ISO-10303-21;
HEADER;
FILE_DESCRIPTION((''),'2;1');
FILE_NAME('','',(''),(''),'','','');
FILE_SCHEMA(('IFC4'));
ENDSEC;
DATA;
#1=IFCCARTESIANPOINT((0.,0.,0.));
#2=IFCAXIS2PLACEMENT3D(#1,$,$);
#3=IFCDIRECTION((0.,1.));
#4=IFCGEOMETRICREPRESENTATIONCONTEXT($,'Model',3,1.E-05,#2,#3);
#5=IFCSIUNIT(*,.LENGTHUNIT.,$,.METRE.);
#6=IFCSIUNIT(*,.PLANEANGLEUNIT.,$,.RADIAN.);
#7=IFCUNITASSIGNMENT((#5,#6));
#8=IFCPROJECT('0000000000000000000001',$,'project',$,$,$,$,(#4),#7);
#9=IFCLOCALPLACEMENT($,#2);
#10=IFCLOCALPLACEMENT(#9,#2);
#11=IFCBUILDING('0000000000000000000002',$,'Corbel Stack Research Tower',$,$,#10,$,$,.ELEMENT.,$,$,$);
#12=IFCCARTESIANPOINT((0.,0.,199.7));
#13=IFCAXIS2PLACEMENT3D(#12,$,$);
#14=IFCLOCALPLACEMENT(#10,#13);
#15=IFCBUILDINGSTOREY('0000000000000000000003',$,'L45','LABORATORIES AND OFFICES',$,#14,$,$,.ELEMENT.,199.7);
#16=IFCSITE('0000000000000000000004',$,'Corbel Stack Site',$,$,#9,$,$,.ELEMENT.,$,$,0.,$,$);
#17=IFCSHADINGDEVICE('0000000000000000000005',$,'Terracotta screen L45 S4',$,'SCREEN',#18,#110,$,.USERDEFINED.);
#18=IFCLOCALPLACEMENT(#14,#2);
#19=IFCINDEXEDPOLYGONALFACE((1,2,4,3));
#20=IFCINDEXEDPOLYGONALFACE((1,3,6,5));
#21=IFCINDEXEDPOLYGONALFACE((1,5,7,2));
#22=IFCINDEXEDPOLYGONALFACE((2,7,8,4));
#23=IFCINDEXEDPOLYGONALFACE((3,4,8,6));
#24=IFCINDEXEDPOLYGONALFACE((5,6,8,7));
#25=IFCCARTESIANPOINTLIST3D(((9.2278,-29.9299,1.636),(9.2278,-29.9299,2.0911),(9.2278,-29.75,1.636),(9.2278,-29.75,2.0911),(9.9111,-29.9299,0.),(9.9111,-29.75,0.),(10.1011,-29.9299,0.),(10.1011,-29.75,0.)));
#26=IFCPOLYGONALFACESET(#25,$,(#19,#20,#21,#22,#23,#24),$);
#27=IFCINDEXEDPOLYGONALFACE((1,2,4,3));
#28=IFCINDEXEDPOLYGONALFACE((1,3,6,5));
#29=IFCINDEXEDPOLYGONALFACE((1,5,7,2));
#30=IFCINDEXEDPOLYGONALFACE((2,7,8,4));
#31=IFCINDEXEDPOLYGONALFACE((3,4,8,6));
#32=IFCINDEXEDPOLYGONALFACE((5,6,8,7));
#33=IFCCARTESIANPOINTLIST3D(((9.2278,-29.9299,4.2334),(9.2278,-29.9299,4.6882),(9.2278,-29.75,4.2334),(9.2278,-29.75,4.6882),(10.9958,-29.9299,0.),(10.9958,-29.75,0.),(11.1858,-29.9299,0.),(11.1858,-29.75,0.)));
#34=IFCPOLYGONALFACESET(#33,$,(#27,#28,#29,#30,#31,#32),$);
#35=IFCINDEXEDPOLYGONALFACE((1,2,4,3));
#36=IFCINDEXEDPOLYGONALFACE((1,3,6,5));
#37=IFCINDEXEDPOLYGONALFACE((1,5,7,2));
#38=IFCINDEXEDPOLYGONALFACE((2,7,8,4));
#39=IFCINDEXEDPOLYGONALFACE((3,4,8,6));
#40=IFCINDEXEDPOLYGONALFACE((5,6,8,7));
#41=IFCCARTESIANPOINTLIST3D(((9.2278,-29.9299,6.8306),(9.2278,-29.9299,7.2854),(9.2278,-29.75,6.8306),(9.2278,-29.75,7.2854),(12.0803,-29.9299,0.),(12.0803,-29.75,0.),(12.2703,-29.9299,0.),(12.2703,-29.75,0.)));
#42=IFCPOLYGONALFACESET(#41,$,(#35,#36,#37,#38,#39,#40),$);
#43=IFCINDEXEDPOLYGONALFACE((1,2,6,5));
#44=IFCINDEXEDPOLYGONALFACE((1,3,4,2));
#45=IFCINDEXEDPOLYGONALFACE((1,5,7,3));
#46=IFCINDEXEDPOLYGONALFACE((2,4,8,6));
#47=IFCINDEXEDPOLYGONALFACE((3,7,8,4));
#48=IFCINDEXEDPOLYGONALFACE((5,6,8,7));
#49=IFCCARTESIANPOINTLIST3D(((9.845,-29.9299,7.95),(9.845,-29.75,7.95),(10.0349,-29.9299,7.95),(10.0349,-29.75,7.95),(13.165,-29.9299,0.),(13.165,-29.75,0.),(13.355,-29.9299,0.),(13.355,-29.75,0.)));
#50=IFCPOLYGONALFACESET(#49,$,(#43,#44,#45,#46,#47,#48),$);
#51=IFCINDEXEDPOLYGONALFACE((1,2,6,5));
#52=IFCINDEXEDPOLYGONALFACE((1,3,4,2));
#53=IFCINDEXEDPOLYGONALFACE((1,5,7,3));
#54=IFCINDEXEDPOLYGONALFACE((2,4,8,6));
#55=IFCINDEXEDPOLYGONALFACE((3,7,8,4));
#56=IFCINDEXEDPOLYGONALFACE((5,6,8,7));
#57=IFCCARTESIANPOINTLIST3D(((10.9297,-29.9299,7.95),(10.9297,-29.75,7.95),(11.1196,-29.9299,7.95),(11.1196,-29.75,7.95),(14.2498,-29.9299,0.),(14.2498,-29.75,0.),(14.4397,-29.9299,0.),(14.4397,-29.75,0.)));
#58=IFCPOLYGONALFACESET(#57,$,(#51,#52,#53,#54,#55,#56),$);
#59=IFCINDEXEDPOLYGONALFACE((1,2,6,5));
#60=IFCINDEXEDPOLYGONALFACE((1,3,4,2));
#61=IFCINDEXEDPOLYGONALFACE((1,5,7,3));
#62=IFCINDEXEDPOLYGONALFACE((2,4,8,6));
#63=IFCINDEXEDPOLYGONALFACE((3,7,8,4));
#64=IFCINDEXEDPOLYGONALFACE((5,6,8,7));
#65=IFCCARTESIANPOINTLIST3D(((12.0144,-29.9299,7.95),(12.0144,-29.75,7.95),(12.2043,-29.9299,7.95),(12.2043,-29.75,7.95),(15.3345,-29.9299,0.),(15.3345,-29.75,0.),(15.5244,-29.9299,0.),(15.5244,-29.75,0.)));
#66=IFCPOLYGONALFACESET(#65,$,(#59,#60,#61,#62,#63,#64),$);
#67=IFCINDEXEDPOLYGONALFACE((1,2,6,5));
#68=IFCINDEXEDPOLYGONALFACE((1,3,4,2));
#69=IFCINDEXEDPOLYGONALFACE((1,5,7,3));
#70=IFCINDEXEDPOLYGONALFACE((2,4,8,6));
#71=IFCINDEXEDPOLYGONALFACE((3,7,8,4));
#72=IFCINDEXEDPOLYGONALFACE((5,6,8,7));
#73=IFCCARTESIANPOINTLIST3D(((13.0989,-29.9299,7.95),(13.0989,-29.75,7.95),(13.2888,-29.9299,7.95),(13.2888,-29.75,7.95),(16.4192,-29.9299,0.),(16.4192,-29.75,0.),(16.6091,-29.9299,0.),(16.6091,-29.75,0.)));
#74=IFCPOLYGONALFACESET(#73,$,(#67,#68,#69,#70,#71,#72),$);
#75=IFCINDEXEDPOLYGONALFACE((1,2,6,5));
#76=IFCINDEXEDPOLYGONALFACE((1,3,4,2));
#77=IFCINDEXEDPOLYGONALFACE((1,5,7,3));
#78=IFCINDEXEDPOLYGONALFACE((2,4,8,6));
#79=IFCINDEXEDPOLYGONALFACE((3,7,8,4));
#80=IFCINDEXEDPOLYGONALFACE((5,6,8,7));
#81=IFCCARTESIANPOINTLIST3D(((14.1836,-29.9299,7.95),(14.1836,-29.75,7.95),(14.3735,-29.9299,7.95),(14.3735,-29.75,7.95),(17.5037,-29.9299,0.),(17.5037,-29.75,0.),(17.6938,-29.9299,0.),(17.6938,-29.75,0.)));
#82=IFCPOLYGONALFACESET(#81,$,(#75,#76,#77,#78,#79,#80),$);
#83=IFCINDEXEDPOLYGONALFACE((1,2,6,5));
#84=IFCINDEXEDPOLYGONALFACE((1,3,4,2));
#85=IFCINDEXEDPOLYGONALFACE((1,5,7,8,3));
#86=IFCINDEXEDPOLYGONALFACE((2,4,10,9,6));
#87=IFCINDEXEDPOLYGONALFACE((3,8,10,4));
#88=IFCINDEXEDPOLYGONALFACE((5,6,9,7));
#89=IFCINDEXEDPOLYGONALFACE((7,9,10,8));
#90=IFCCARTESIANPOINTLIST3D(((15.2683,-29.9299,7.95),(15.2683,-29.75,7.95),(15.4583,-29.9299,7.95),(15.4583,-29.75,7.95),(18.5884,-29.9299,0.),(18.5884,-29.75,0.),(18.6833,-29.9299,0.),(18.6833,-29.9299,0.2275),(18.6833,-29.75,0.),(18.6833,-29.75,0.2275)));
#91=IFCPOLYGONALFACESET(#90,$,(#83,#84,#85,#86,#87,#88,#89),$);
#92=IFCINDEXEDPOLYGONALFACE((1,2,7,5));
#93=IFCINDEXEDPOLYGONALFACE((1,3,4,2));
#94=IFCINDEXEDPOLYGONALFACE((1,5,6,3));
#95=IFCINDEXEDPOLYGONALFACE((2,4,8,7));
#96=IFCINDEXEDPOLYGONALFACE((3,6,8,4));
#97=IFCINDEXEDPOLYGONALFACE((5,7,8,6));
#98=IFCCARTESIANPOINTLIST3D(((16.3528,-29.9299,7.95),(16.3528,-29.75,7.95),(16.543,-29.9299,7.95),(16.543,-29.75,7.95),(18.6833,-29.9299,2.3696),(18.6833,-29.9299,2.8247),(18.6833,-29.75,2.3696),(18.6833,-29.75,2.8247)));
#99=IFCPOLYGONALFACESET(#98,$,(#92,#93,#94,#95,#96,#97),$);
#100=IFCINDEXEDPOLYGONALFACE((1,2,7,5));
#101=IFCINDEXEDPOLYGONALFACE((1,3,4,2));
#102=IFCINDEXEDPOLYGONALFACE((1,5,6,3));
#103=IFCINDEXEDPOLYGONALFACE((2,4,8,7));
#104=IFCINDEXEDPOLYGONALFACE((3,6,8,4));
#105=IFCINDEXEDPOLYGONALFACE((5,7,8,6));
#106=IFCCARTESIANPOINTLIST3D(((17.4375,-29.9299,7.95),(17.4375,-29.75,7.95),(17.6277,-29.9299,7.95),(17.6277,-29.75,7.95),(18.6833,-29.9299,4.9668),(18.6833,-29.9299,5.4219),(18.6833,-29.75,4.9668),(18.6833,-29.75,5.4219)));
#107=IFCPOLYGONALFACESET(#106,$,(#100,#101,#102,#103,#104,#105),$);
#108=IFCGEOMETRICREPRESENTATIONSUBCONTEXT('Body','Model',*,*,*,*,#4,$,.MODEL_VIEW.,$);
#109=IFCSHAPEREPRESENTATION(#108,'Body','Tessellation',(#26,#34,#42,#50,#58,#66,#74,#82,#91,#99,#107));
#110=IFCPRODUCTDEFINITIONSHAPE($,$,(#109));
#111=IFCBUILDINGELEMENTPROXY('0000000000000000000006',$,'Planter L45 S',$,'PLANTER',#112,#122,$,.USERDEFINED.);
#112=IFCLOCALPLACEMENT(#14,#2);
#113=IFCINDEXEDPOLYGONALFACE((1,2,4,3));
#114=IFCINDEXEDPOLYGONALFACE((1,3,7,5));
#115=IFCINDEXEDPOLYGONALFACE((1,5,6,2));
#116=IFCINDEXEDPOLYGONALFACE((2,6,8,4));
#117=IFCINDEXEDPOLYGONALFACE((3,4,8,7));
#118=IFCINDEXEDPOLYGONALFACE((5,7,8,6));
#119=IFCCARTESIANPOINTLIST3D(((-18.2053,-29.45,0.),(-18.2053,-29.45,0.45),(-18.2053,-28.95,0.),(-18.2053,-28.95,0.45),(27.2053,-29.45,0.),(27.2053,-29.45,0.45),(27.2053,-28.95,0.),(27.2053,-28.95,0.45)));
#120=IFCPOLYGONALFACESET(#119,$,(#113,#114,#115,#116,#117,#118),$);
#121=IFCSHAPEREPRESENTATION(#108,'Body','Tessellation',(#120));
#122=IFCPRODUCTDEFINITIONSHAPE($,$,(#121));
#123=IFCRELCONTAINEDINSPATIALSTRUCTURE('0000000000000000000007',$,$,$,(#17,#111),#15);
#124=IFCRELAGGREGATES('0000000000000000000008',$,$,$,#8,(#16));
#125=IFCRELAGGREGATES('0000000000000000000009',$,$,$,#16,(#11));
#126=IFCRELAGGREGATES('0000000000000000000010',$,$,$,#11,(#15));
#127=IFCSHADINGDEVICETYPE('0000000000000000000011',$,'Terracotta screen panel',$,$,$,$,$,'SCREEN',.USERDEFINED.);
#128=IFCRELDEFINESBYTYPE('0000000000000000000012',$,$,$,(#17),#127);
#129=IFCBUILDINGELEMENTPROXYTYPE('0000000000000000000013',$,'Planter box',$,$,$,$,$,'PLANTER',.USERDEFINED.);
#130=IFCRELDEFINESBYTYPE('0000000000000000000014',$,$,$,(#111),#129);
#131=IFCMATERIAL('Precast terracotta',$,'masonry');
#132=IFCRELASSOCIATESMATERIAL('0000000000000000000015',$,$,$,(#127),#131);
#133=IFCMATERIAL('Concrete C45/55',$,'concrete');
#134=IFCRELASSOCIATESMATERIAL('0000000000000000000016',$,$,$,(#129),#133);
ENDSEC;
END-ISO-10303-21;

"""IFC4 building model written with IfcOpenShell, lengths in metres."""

from ifc_helpers import new_model, si_unit, direction, frame, origin, origin_2d, place, context, subcontext, project, spatial, polyline, rectangle, outline, extrude, source, transform, mapped, material, type_object, element, save


model = new_model("IFC4")

# Units and contexts
model_context = context("Model", 3, precision=1e-05, world=origin(), true_north=direction((0.0, 1.0)))
body_context = subcontext(model_context, "Body", "Model", "MODEL_VIEW")
ifc_project = project(units=[si_unit("LENGTHUNIT", "METRE"), si_unit("PLANEANGLEUNIT", "RADIAN")], contexts=[model_context])

# Site, building, storey
site_placement = place(None, origin())
site = spatial("IfcSite", under=ifc_project, at=site_placement, Name="Corbel Stack Site", CompositionType="ELEMENT", RefElevation=0.0)
building_placement = place(site_placement, origin())
building = spatial("IfcBuilding", under=site, at=building_placement, Name="Corbel Stack Research Tower", CompositionType="ELEMENT")
storey_placement = place(building_placement, frame((0.0, 0.0, 199.7)))
storey = spatial("IfcBuildingStorey", under=building, at=storey_placement, Name="L45", Description="LABORATORIES AND OFFICES", CompositionType="ELEMENT", Elevation=199.7)

# Shading device
ifc_material_1 = material(Name="Precast terracotta", Category="masonry")
shading_device_type = type_object("IfcShadingDeviceType", Name="Terracotta screen panel", ElementType="SCREEN", PredefinedType="USERDEFINED", material=ifc_material_1)
shared_shape = source(origin(), body_context, "Body", "SweptSolid", [
    extrude(outline(polyline([(0.8733, 0.0), (0.0, 2.0911), (0.0, 1.636), (0.6833, 0.0), (0.8733, 0.0)])), frame((0.0, 0.0, 0.0), z_axis=(0.0, -1.0, 0.0), x_axis=(1.0, 0.0, 0.0)), (0.0, 0.0, 1.0), 0.1799),
    extrude(outline(polyline([(1.958, 0.0), (0.0, 4.6882), (0.0, 4.2334), (1.7681, 0.0), (1.958, 0.0)])), frame((0.0, 0.0, 0.0), z_axis=(0.0, -1.0, 0.0), x_axis=(1.0, 0.0, 0.0)), (0.0, 0.0, 1.0), 0.1799),
    extrude(outline(polyline([(3.0425, 0.0), (0.0, 7.2854), (0.0, 6.8306), (2.8525, 0.0), (3.0425, 0.0)])), frame((0.0, 0.0, 0.0), z_axis=(0.0, -1.0, 0.0), x_axis=(1.0, 0.0, 0.0)), (0.0, 0.0, 1.0), 0.1799),
    extrude(outline(polyline([(4.1272, 0.0), (0.8071, 7.95), (0.6172, 7.95), (3.9373, 0.0), (4.1272, 0.0)])), frame((0.0, 0.0, 0.0), z_axis=(0.0, -1.0, 0.0), x_axis=(1.0, 0.0, 0.0)), (0.0, 0.0, 1.0), 0.1799),
    extrude(outline(polyline([(5.2119, 0.0), (1.8918, 7.95), (1.7019, 7.95), (5.022, 0.0), (5.2119, 0.0)])), frame((0.0, 0.0, 0.0), z_axis=(0.0, -1.0, 0.0), x_axis=(1.0, 0.0, 0.0)), (0.0, 0.0, 1.0), 0.1799),
    extrude(outline(polyline([(6.2966, 0.0), (2.9766, 7.95), (2.7866, 7.95), (6.1067, 0.0), (6.2966, 0.0)])), frame((0.0, 0.0, 0.0), z_axis=(0.0, -1.0, 0.0), x_axis=(1.0, 0.0, 0.0)), (0.0, 0.0, 1.0), 0.1799),
    extrude(outline(polyline([(7.3813, 0.0), (4.061, 7.95), (3.8711, 7.95), (7.1914, 0.0), (7.3813, 0.0)])), frame((0.0, 0.0, 0.0), z_axis=(0.0, -1.0, 0.0), x_axis=(1.0, 0.0, 0.0)), (0.0, 0.0, 1.0), 0.1799),
    extrude(outline(polyline([(8.4661, 0.0), (5.1458, 7.95), (4.9558, 7.95), (8.2759, 0.0), (8.4661, 0.0)])), frame((0.0, 0.0, 0.0), z_axis=(0.0, -1.0, 0.0), x_axis=(1.0, 0.0, 0.0)), (0.0, 0.0, 1.0), 0.1799),
    extrude(outline(polyline([(9.4556, 0.0), (9.4556, 0.2275), (6.2305, 7.95), (6.0405, 7.95), (9.3606, 0.0), (9.4556, 0.0)])), frame((0.0, 0.0, 0.0), z_axis=(0.0, -1.0, 0.0), x_axis=(1.0, 0.0, 0.0)), (0.0, 0.0, 1.0), 0.1799),
    extrude(outline(polyline([(7.3152, 7.95), (7.125, 7.95), (9.4556, 2.3696), (9.4556, 2.8247), (7.3152, 7.95)])), frame((0.0, 0.0, 0.0), z_axis=(0.0, -1.0, 0.0), x_axis=(1.0, 0.0, 0.0)), (0.0, 0.0, 1.0), 0.1799),
    extrude(outline(polyline([(8.3999, 7.95), (8.2097, 7.95), (9.4556, 4.9668), (9.4556, 5.4219), (8.3999, 7.95)])), frame((0.0, 0.0, 0.0), z_axis=(0.0, -1.0, 0.0), x_axis=(1.0, 0.0, 0.0)), (0.0, 0.0, 1.0), 0.1799),
])
shading_device_placement = place(storey_placement, frame((9.2278, -29.75, 0.0), z_axis=(0.0, 0.0, 1.0), x_axis=(1.0, 0.0, 0.0)))
element("IfcShadingDevice", 1, at=shading_device_placement, inside=storey, type_object=shading_device_type, Name="Terracotta screen L45 S4", ObjectType="SCREEN", PredefinedType="USERDEFINED", context=body_context, shape_type="MappedRepresentation", body=[
    mapped(shared_shape, transform((0.0, 0.0, 0.0))),
])

# Building element proxy
ifc_material_2 = material(Name="Concrete C45/55", Category="concrete")
building_element_proxy_type = type_object("IfcBuildingElementProxyType", Name="Planter box", ElementType="PLANTER", PredefinedType="USERDEFINED", material=ifc_material_2)
proxy_placement = place(storey_placement, frame((4.5, -29.2, 0.0), z_axis=(0.0, 0.0, 1.0), x_axis=(1.0, 0.0, 0.0)))
element("IfcBuildingElementProxy", 2, at=proxy_placement, inside=storey, type_object=building_element_proxy_type, Name="Planter L45 S", ObjectType="PLANTER", PredefinedType="USERDEFINED", context=body_context, shape_type="SweptSolid", body=[
    extrude(rectangle(XDim=45.4106, YDim=0.5, at=origin_2d()), origin(), (0.0, 0.0, 1.0), 0.45),
])

save(model, "model.ifc")
